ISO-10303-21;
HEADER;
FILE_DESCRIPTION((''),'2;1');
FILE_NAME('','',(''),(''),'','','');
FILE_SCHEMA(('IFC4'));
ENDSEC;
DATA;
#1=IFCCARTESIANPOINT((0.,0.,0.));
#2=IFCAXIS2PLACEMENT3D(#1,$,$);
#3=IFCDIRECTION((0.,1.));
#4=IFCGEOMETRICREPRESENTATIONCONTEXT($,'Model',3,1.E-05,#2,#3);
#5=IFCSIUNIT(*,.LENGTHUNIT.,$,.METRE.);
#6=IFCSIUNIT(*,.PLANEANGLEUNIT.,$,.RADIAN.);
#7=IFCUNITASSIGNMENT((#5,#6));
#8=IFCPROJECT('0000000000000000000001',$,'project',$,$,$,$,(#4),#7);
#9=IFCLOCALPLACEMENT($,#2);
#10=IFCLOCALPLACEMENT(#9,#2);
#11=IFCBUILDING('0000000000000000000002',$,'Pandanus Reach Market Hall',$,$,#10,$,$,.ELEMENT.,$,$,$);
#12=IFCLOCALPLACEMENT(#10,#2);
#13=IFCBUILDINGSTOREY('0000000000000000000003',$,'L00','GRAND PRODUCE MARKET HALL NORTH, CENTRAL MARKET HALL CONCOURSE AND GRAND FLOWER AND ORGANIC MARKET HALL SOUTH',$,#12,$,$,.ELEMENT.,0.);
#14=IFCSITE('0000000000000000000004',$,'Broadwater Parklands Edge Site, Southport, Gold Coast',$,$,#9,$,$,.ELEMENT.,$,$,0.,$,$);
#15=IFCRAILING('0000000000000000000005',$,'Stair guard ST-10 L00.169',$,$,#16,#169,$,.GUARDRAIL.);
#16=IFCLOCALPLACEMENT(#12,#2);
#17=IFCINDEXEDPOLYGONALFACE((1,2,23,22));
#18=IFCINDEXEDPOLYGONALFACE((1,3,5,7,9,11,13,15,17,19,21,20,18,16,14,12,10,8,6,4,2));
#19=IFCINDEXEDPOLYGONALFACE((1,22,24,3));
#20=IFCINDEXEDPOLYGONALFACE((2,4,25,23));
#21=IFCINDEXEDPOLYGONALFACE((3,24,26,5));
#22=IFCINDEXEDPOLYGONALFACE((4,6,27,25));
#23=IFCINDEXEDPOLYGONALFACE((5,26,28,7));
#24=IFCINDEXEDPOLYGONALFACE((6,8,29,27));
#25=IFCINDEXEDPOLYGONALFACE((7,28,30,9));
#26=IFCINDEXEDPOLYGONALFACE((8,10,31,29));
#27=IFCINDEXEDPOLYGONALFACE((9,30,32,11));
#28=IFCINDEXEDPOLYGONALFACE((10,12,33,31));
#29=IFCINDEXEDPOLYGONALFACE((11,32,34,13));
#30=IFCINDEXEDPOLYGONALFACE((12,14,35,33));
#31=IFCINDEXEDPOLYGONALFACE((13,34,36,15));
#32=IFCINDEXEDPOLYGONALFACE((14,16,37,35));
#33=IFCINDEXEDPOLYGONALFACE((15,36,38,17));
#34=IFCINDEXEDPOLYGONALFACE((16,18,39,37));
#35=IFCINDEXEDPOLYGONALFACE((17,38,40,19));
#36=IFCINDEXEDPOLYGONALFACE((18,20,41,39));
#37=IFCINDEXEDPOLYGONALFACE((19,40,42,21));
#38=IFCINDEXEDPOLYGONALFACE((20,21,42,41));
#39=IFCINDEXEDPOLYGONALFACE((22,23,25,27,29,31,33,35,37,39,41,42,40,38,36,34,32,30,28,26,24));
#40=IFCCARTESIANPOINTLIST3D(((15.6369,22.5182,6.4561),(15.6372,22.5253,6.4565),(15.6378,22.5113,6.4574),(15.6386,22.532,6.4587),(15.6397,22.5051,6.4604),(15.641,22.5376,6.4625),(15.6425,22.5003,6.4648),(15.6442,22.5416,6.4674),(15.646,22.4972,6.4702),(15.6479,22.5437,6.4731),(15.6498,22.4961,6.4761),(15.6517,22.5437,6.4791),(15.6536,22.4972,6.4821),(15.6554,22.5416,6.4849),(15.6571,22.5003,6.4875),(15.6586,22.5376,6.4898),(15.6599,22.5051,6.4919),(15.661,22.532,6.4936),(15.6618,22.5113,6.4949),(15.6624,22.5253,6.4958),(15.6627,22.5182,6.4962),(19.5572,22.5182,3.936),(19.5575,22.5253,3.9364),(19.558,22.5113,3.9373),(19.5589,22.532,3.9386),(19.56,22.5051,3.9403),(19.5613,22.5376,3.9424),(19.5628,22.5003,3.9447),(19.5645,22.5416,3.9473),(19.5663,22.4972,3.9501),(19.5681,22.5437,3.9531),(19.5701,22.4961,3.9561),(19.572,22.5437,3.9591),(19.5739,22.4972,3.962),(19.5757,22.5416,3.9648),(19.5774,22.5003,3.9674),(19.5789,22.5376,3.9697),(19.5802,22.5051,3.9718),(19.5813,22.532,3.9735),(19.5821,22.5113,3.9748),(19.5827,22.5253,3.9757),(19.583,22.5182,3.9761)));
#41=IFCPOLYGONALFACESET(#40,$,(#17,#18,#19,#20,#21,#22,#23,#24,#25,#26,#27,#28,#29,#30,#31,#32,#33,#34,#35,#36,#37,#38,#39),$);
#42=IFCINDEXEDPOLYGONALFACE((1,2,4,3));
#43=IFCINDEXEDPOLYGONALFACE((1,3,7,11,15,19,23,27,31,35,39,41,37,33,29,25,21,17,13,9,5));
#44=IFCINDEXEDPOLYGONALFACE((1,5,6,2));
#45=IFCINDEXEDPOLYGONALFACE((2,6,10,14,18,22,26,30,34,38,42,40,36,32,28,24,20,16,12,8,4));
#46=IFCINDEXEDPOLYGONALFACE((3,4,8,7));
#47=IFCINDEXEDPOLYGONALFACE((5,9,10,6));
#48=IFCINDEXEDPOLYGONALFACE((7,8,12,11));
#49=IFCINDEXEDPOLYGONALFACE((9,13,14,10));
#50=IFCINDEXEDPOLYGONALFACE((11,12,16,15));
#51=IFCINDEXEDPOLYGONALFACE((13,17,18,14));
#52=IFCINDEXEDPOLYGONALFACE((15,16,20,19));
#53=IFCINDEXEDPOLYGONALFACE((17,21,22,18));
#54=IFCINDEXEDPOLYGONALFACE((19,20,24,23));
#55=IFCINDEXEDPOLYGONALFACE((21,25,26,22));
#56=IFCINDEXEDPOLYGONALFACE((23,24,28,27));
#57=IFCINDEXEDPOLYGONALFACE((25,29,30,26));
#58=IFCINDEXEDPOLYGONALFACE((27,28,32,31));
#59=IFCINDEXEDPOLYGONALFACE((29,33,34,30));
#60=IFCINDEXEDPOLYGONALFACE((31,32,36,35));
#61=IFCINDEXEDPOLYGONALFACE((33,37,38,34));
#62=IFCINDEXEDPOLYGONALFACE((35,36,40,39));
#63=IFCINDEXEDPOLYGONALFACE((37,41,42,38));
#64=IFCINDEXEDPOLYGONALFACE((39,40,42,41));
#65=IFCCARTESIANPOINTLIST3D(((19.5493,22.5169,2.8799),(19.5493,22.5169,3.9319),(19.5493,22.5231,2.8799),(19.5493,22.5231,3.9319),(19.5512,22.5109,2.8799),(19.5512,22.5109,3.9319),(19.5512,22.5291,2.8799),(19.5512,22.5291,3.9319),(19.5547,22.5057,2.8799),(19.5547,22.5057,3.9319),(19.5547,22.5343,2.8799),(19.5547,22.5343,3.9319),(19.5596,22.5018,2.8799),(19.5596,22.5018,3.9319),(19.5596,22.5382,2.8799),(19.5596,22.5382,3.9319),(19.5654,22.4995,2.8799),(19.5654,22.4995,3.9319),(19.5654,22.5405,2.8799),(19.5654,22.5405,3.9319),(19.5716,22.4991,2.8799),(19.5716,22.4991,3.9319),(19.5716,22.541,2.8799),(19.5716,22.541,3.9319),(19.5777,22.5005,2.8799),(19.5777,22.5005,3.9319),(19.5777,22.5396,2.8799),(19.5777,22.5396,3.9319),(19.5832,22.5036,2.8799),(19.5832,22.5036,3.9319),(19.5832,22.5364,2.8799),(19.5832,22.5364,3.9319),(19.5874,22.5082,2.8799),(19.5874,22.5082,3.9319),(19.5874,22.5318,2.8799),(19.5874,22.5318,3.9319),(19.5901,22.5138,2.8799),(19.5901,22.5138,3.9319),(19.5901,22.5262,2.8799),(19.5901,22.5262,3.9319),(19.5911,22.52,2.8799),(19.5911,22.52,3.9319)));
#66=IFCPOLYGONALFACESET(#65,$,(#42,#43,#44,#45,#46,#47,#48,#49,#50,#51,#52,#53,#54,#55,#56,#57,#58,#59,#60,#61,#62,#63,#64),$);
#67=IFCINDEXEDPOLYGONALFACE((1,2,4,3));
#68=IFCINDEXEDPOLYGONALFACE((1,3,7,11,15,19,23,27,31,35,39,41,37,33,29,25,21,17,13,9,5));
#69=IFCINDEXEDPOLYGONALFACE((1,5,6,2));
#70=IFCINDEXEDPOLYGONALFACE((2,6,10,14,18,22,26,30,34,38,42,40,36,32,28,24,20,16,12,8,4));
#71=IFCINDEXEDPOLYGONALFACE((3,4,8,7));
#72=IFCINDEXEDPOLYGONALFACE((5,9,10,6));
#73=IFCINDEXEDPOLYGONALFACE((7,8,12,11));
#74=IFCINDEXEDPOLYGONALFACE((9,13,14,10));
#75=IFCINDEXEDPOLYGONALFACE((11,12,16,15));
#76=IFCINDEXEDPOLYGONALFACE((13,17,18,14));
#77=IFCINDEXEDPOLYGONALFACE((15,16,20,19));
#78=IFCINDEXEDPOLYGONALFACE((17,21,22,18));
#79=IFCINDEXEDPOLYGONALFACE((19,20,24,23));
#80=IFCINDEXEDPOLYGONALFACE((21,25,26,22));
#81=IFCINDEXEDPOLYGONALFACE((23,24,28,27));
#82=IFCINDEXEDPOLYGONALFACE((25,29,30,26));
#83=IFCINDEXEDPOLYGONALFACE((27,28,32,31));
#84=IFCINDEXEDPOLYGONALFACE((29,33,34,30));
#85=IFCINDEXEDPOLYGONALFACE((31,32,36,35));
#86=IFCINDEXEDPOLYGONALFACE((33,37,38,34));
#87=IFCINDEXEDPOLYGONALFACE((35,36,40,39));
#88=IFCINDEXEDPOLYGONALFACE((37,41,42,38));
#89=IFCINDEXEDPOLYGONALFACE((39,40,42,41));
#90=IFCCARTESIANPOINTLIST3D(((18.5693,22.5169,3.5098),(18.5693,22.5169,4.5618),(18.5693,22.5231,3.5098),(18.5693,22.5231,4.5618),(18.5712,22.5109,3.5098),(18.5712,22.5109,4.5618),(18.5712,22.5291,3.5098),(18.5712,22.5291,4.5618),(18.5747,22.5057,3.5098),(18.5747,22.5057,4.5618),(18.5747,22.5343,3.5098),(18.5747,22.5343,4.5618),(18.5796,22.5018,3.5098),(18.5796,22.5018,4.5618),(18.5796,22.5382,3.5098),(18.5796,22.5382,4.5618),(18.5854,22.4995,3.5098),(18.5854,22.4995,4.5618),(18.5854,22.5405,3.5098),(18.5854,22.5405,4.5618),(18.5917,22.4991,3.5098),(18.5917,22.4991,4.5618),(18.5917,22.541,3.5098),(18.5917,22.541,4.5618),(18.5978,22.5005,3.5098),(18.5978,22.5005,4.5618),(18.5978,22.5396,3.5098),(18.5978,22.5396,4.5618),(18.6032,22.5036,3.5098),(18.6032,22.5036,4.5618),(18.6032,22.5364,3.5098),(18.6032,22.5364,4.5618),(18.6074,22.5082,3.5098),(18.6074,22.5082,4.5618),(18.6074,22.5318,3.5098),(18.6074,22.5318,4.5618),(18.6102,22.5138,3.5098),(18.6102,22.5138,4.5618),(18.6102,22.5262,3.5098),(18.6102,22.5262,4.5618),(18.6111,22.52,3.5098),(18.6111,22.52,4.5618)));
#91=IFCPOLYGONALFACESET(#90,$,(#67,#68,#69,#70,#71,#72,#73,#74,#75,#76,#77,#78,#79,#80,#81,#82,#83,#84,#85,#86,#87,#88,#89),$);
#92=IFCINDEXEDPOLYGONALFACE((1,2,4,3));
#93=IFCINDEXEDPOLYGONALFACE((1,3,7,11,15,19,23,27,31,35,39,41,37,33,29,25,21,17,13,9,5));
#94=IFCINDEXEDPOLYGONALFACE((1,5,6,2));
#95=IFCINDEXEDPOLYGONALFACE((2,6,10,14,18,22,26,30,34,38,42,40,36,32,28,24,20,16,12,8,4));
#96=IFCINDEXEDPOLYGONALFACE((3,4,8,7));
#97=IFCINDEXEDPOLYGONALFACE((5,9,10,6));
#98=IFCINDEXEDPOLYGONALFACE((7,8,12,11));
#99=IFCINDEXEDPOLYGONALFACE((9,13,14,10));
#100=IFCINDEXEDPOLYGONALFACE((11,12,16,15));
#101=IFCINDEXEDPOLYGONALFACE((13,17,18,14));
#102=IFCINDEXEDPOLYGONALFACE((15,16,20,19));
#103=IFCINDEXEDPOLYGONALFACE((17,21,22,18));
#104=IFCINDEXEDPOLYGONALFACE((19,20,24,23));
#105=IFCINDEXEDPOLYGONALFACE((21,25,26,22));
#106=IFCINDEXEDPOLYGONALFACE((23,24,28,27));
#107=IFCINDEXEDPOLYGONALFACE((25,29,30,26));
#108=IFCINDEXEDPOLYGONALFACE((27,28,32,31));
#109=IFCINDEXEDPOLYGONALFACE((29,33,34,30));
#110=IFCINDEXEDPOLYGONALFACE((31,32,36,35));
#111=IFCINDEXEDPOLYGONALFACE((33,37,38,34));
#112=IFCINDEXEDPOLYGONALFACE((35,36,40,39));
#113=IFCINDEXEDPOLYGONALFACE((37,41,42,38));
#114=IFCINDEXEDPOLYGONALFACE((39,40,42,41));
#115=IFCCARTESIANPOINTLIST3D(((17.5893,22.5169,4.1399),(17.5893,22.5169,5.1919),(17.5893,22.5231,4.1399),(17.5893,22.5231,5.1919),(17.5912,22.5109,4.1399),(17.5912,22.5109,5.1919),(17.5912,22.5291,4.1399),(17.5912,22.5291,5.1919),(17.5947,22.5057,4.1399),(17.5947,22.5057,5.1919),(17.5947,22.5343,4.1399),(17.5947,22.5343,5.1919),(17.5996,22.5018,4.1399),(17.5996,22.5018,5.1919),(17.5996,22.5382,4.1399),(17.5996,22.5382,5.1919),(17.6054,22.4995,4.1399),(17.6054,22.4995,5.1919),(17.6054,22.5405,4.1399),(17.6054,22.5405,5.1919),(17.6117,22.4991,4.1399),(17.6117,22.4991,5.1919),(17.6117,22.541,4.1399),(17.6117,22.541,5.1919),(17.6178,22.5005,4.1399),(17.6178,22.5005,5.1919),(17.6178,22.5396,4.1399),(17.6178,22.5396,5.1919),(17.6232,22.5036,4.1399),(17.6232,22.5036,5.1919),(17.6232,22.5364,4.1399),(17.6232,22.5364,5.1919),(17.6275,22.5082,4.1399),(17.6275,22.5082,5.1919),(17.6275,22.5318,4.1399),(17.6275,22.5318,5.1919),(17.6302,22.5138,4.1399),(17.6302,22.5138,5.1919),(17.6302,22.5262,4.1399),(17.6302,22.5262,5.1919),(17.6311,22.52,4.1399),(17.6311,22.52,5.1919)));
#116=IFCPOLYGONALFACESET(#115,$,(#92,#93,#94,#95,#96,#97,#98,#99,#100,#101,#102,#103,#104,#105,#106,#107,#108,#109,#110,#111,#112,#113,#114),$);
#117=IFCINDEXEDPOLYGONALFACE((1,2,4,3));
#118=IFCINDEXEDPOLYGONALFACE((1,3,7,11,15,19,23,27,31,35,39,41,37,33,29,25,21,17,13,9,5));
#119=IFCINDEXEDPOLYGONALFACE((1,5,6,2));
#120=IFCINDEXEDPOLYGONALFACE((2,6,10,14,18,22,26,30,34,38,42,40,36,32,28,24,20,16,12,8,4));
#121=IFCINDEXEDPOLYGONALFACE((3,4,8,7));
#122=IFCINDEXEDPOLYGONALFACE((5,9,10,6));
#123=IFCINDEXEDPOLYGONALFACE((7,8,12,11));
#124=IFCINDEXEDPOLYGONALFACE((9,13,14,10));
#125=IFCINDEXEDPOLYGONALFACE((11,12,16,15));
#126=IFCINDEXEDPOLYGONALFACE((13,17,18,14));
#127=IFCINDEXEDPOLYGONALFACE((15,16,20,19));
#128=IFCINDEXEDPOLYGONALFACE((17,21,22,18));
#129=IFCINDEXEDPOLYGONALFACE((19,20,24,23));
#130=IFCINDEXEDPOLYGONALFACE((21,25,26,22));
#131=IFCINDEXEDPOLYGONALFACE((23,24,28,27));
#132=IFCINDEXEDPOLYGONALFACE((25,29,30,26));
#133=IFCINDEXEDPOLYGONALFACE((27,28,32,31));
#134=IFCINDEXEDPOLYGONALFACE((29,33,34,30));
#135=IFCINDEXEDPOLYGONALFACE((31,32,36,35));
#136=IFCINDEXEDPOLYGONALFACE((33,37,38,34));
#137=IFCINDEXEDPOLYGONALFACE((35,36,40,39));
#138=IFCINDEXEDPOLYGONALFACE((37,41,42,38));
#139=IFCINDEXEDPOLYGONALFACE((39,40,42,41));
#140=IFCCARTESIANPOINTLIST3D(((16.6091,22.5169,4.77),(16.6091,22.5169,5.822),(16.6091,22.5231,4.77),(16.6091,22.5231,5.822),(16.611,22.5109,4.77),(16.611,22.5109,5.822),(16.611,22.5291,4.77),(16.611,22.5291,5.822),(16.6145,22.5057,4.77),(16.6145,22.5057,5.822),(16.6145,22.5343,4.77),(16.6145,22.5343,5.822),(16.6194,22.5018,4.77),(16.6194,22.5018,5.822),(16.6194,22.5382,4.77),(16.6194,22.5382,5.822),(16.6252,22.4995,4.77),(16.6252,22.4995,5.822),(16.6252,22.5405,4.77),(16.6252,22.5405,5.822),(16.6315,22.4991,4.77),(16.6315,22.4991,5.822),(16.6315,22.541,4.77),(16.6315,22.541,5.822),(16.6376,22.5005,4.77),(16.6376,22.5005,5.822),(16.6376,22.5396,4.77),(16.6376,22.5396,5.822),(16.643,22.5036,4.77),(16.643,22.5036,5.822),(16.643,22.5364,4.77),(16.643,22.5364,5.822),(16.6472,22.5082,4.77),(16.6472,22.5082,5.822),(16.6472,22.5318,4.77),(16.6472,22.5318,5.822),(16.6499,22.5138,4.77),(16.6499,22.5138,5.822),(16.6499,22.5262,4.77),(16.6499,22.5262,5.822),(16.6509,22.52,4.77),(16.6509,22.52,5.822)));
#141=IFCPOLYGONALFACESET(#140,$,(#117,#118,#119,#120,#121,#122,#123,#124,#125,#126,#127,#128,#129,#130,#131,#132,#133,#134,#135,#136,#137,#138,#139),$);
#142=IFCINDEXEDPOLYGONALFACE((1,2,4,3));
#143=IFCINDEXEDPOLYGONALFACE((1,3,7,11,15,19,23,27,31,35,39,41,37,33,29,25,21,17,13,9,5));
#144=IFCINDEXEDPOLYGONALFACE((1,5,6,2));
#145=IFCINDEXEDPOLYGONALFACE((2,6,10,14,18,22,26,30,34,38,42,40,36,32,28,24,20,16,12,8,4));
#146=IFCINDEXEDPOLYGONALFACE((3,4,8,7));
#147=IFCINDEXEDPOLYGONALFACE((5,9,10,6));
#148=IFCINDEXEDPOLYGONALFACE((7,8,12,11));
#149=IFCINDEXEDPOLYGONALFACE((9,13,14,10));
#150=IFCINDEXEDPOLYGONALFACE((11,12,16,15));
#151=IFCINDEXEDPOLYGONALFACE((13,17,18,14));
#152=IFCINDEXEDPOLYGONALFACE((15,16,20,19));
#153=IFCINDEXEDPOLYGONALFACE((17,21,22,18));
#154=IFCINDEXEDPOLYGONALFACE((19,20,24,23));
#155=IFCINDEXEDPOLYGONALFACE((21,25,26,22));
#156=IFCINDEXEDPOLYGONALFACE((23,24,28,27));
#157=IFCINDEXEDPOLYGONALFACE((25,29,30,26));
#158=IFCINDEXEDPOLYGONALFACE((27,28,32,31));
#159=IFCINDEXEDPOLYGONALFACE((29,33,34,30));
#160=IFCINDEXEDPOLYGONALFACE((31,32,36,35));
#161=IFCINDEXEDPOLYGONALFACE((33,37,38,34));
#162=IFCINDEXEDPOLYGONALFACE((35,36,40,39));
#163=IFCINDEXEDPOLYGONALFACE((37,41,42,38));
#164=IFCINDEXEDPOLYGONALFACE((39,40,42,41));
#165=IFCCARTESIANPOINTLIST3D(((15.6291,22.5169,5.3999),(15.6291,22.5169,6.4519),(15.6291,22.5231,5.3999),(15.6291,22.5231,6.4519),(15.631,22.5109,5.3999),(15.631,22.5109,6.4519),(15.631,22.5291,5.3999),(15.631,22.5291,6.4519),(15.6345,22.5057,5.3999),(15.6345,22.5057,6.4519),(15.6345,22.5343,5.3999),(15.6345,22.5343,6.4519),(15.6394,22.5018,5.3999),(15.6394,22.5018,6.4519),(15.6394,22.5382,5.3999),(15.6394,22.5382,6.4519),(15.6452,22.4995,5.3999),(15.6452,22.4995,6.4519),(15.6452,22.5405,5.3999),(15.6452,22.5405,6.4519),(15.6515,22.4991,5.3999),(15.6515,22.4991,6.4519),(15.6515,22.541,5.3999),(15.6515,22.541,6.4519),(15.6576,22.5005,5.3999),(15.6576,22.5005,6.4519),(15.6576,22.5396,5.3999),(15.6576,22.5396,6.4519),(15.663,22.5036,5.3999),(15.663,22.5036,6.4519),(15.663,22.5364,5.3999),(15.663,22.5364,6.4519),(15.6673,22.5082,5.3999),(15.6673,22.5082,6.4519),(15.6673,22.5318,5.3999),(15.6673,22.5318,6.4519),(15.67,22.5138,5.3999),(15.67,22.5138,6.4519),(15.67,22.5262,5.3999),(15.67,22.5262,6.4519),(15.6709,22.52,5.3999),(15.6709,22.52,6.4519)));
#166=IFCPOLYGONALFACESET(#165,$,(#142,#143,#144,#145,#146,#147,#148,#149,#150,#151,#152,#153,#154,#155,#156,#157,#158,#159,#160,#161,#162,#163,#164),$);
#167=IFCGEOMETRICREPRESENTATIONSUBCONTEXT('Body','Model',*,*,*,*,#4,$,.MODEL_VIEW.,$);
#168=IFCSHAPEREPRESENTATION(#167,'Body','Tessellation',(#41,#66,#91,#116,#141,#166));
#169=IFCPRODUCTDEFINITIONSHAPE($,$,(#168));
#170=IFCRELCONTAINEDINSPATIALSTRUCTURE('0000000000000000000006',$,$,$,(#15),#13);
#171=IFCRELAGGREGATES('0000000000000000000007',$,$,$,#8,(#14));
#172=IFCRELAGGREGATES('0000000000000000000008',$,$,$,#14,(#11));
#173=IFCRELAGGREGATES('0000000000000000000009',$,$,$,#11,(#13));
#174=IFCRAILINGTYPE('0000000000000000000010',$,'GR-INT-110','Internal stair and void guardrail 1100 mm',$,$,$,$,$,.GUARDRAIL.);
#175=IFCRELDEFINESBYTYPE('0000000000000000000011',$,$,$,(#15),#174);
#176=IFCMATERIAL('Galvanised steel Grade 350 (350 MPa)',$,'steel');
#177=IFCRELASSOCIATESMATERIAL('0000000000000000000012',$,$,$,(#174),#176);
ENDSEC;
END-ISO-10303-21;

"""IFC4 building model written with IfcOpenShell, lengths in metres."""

from ifc_helpers import new_model, si_unit, direction, frame, origin, origin_2d, place, context, subcontext, project, spatial, circle, extrude, material, type_object, element, save


model = new_model("IFC4")

# Units and contexts
model_context = context("Model", 3, precision=1e-05, world=origin(), true_north=direction((0.0, 1.0)))
body_context = subcontext(model_context, "Body", "Model", "MODEL_VIEW")
ifc_project = project(units=[si_unit("LENGTHUNIT", "METRE"), si_unit("PLANEANGLEUNIT", "RADIAN")], contexts=[model_context])

# Site, building, storey
site_placement = place(None, origin())
site = spatial("IfcSite", under=ifc_project, at=site_placement, Name="Broadwater Parklands Edge Site, Southport, Gold Coast", CompositionType="ELEMENT", RefElevation=0.0)
building_placement = place(site_placement, origin())
building = spatial("IfcBuilding", under=site, at=building_placement, Name="Pandanus Reach Market Hall", CompositionType="ELEMENT")
storey_placement = place(building_placement, origin())
storey = spatial("IfcBuildingStorey", under=building, at=storey_placement, Name="L00", Description="GRAND PRODUCE MARKET HALL NORTH, CENTRAL MARKET HALL CONCOURSE AND GRAND FLOWER AND ORGANIC MARKET HALL SOUTH", CompositionType="ELEMENT", Elevation=0.0)

# Railing
ifc_material_1 = material(Name="Galvanised steel Grade 350 (350 MPa)", Category="steel")
railing_type_1 = type_object("IfcRailingType", Name="GR-INT-110", Description="Internal stair and void guardrail 1100 mm", PredefinedType="GUARDRAIL", material=ifc_material_1)
railing_1_placement = place(storey_placement, frame((19.5701, 22.52, 2.8799)))
element("IfcRailing", 1, at=railing_1_placement, inside=storey, type_object=railing_type_1, Name="Stair guard ST-10 L00.169", PredefinedType="GUARDRAIL", context=body_context, shape_type="SweptSolid", body=[
    extrude(circle(Radius=0.0239, at=origin_2d()), frame((0.0, 0.0, 1.0762), z_axis=(-0.841187, 0.0, 0.540744), x_axis=(0.0, -1.0, 0.0)), (0.0, 0.0, 1.0), 4.6604),
    extrude(circle(Radius=0.021, at=origin_2d()), origin(), (0.0, 0.0, 1.0), 1.052),
    extrude(circle(Radius=0.021, at=origin_2d()), frame((-0.98, 0.0, 0.6299)), (0.0, 0.0, 1.0), 1.052),
    extrude(circle(Radius=0.021, at=origin_2d()), frame((-1.96, 0.0, 1.26)), (0.0, 0.0, 1.0), 1.052),
    extrude(circle(Radius=0.021, at=origin_2d()), frame((-2.9402, 0.0, 1.8901)), (0.0, 0.0, 1.0), 1.052),
    extrude(circle(Radius=0.021, at=origin_2d()), frame((-3.9202, 0.0, 2.52)), (0.0, 0.0, 1.0), 1.052),
])

save(model, "model.ifc")
